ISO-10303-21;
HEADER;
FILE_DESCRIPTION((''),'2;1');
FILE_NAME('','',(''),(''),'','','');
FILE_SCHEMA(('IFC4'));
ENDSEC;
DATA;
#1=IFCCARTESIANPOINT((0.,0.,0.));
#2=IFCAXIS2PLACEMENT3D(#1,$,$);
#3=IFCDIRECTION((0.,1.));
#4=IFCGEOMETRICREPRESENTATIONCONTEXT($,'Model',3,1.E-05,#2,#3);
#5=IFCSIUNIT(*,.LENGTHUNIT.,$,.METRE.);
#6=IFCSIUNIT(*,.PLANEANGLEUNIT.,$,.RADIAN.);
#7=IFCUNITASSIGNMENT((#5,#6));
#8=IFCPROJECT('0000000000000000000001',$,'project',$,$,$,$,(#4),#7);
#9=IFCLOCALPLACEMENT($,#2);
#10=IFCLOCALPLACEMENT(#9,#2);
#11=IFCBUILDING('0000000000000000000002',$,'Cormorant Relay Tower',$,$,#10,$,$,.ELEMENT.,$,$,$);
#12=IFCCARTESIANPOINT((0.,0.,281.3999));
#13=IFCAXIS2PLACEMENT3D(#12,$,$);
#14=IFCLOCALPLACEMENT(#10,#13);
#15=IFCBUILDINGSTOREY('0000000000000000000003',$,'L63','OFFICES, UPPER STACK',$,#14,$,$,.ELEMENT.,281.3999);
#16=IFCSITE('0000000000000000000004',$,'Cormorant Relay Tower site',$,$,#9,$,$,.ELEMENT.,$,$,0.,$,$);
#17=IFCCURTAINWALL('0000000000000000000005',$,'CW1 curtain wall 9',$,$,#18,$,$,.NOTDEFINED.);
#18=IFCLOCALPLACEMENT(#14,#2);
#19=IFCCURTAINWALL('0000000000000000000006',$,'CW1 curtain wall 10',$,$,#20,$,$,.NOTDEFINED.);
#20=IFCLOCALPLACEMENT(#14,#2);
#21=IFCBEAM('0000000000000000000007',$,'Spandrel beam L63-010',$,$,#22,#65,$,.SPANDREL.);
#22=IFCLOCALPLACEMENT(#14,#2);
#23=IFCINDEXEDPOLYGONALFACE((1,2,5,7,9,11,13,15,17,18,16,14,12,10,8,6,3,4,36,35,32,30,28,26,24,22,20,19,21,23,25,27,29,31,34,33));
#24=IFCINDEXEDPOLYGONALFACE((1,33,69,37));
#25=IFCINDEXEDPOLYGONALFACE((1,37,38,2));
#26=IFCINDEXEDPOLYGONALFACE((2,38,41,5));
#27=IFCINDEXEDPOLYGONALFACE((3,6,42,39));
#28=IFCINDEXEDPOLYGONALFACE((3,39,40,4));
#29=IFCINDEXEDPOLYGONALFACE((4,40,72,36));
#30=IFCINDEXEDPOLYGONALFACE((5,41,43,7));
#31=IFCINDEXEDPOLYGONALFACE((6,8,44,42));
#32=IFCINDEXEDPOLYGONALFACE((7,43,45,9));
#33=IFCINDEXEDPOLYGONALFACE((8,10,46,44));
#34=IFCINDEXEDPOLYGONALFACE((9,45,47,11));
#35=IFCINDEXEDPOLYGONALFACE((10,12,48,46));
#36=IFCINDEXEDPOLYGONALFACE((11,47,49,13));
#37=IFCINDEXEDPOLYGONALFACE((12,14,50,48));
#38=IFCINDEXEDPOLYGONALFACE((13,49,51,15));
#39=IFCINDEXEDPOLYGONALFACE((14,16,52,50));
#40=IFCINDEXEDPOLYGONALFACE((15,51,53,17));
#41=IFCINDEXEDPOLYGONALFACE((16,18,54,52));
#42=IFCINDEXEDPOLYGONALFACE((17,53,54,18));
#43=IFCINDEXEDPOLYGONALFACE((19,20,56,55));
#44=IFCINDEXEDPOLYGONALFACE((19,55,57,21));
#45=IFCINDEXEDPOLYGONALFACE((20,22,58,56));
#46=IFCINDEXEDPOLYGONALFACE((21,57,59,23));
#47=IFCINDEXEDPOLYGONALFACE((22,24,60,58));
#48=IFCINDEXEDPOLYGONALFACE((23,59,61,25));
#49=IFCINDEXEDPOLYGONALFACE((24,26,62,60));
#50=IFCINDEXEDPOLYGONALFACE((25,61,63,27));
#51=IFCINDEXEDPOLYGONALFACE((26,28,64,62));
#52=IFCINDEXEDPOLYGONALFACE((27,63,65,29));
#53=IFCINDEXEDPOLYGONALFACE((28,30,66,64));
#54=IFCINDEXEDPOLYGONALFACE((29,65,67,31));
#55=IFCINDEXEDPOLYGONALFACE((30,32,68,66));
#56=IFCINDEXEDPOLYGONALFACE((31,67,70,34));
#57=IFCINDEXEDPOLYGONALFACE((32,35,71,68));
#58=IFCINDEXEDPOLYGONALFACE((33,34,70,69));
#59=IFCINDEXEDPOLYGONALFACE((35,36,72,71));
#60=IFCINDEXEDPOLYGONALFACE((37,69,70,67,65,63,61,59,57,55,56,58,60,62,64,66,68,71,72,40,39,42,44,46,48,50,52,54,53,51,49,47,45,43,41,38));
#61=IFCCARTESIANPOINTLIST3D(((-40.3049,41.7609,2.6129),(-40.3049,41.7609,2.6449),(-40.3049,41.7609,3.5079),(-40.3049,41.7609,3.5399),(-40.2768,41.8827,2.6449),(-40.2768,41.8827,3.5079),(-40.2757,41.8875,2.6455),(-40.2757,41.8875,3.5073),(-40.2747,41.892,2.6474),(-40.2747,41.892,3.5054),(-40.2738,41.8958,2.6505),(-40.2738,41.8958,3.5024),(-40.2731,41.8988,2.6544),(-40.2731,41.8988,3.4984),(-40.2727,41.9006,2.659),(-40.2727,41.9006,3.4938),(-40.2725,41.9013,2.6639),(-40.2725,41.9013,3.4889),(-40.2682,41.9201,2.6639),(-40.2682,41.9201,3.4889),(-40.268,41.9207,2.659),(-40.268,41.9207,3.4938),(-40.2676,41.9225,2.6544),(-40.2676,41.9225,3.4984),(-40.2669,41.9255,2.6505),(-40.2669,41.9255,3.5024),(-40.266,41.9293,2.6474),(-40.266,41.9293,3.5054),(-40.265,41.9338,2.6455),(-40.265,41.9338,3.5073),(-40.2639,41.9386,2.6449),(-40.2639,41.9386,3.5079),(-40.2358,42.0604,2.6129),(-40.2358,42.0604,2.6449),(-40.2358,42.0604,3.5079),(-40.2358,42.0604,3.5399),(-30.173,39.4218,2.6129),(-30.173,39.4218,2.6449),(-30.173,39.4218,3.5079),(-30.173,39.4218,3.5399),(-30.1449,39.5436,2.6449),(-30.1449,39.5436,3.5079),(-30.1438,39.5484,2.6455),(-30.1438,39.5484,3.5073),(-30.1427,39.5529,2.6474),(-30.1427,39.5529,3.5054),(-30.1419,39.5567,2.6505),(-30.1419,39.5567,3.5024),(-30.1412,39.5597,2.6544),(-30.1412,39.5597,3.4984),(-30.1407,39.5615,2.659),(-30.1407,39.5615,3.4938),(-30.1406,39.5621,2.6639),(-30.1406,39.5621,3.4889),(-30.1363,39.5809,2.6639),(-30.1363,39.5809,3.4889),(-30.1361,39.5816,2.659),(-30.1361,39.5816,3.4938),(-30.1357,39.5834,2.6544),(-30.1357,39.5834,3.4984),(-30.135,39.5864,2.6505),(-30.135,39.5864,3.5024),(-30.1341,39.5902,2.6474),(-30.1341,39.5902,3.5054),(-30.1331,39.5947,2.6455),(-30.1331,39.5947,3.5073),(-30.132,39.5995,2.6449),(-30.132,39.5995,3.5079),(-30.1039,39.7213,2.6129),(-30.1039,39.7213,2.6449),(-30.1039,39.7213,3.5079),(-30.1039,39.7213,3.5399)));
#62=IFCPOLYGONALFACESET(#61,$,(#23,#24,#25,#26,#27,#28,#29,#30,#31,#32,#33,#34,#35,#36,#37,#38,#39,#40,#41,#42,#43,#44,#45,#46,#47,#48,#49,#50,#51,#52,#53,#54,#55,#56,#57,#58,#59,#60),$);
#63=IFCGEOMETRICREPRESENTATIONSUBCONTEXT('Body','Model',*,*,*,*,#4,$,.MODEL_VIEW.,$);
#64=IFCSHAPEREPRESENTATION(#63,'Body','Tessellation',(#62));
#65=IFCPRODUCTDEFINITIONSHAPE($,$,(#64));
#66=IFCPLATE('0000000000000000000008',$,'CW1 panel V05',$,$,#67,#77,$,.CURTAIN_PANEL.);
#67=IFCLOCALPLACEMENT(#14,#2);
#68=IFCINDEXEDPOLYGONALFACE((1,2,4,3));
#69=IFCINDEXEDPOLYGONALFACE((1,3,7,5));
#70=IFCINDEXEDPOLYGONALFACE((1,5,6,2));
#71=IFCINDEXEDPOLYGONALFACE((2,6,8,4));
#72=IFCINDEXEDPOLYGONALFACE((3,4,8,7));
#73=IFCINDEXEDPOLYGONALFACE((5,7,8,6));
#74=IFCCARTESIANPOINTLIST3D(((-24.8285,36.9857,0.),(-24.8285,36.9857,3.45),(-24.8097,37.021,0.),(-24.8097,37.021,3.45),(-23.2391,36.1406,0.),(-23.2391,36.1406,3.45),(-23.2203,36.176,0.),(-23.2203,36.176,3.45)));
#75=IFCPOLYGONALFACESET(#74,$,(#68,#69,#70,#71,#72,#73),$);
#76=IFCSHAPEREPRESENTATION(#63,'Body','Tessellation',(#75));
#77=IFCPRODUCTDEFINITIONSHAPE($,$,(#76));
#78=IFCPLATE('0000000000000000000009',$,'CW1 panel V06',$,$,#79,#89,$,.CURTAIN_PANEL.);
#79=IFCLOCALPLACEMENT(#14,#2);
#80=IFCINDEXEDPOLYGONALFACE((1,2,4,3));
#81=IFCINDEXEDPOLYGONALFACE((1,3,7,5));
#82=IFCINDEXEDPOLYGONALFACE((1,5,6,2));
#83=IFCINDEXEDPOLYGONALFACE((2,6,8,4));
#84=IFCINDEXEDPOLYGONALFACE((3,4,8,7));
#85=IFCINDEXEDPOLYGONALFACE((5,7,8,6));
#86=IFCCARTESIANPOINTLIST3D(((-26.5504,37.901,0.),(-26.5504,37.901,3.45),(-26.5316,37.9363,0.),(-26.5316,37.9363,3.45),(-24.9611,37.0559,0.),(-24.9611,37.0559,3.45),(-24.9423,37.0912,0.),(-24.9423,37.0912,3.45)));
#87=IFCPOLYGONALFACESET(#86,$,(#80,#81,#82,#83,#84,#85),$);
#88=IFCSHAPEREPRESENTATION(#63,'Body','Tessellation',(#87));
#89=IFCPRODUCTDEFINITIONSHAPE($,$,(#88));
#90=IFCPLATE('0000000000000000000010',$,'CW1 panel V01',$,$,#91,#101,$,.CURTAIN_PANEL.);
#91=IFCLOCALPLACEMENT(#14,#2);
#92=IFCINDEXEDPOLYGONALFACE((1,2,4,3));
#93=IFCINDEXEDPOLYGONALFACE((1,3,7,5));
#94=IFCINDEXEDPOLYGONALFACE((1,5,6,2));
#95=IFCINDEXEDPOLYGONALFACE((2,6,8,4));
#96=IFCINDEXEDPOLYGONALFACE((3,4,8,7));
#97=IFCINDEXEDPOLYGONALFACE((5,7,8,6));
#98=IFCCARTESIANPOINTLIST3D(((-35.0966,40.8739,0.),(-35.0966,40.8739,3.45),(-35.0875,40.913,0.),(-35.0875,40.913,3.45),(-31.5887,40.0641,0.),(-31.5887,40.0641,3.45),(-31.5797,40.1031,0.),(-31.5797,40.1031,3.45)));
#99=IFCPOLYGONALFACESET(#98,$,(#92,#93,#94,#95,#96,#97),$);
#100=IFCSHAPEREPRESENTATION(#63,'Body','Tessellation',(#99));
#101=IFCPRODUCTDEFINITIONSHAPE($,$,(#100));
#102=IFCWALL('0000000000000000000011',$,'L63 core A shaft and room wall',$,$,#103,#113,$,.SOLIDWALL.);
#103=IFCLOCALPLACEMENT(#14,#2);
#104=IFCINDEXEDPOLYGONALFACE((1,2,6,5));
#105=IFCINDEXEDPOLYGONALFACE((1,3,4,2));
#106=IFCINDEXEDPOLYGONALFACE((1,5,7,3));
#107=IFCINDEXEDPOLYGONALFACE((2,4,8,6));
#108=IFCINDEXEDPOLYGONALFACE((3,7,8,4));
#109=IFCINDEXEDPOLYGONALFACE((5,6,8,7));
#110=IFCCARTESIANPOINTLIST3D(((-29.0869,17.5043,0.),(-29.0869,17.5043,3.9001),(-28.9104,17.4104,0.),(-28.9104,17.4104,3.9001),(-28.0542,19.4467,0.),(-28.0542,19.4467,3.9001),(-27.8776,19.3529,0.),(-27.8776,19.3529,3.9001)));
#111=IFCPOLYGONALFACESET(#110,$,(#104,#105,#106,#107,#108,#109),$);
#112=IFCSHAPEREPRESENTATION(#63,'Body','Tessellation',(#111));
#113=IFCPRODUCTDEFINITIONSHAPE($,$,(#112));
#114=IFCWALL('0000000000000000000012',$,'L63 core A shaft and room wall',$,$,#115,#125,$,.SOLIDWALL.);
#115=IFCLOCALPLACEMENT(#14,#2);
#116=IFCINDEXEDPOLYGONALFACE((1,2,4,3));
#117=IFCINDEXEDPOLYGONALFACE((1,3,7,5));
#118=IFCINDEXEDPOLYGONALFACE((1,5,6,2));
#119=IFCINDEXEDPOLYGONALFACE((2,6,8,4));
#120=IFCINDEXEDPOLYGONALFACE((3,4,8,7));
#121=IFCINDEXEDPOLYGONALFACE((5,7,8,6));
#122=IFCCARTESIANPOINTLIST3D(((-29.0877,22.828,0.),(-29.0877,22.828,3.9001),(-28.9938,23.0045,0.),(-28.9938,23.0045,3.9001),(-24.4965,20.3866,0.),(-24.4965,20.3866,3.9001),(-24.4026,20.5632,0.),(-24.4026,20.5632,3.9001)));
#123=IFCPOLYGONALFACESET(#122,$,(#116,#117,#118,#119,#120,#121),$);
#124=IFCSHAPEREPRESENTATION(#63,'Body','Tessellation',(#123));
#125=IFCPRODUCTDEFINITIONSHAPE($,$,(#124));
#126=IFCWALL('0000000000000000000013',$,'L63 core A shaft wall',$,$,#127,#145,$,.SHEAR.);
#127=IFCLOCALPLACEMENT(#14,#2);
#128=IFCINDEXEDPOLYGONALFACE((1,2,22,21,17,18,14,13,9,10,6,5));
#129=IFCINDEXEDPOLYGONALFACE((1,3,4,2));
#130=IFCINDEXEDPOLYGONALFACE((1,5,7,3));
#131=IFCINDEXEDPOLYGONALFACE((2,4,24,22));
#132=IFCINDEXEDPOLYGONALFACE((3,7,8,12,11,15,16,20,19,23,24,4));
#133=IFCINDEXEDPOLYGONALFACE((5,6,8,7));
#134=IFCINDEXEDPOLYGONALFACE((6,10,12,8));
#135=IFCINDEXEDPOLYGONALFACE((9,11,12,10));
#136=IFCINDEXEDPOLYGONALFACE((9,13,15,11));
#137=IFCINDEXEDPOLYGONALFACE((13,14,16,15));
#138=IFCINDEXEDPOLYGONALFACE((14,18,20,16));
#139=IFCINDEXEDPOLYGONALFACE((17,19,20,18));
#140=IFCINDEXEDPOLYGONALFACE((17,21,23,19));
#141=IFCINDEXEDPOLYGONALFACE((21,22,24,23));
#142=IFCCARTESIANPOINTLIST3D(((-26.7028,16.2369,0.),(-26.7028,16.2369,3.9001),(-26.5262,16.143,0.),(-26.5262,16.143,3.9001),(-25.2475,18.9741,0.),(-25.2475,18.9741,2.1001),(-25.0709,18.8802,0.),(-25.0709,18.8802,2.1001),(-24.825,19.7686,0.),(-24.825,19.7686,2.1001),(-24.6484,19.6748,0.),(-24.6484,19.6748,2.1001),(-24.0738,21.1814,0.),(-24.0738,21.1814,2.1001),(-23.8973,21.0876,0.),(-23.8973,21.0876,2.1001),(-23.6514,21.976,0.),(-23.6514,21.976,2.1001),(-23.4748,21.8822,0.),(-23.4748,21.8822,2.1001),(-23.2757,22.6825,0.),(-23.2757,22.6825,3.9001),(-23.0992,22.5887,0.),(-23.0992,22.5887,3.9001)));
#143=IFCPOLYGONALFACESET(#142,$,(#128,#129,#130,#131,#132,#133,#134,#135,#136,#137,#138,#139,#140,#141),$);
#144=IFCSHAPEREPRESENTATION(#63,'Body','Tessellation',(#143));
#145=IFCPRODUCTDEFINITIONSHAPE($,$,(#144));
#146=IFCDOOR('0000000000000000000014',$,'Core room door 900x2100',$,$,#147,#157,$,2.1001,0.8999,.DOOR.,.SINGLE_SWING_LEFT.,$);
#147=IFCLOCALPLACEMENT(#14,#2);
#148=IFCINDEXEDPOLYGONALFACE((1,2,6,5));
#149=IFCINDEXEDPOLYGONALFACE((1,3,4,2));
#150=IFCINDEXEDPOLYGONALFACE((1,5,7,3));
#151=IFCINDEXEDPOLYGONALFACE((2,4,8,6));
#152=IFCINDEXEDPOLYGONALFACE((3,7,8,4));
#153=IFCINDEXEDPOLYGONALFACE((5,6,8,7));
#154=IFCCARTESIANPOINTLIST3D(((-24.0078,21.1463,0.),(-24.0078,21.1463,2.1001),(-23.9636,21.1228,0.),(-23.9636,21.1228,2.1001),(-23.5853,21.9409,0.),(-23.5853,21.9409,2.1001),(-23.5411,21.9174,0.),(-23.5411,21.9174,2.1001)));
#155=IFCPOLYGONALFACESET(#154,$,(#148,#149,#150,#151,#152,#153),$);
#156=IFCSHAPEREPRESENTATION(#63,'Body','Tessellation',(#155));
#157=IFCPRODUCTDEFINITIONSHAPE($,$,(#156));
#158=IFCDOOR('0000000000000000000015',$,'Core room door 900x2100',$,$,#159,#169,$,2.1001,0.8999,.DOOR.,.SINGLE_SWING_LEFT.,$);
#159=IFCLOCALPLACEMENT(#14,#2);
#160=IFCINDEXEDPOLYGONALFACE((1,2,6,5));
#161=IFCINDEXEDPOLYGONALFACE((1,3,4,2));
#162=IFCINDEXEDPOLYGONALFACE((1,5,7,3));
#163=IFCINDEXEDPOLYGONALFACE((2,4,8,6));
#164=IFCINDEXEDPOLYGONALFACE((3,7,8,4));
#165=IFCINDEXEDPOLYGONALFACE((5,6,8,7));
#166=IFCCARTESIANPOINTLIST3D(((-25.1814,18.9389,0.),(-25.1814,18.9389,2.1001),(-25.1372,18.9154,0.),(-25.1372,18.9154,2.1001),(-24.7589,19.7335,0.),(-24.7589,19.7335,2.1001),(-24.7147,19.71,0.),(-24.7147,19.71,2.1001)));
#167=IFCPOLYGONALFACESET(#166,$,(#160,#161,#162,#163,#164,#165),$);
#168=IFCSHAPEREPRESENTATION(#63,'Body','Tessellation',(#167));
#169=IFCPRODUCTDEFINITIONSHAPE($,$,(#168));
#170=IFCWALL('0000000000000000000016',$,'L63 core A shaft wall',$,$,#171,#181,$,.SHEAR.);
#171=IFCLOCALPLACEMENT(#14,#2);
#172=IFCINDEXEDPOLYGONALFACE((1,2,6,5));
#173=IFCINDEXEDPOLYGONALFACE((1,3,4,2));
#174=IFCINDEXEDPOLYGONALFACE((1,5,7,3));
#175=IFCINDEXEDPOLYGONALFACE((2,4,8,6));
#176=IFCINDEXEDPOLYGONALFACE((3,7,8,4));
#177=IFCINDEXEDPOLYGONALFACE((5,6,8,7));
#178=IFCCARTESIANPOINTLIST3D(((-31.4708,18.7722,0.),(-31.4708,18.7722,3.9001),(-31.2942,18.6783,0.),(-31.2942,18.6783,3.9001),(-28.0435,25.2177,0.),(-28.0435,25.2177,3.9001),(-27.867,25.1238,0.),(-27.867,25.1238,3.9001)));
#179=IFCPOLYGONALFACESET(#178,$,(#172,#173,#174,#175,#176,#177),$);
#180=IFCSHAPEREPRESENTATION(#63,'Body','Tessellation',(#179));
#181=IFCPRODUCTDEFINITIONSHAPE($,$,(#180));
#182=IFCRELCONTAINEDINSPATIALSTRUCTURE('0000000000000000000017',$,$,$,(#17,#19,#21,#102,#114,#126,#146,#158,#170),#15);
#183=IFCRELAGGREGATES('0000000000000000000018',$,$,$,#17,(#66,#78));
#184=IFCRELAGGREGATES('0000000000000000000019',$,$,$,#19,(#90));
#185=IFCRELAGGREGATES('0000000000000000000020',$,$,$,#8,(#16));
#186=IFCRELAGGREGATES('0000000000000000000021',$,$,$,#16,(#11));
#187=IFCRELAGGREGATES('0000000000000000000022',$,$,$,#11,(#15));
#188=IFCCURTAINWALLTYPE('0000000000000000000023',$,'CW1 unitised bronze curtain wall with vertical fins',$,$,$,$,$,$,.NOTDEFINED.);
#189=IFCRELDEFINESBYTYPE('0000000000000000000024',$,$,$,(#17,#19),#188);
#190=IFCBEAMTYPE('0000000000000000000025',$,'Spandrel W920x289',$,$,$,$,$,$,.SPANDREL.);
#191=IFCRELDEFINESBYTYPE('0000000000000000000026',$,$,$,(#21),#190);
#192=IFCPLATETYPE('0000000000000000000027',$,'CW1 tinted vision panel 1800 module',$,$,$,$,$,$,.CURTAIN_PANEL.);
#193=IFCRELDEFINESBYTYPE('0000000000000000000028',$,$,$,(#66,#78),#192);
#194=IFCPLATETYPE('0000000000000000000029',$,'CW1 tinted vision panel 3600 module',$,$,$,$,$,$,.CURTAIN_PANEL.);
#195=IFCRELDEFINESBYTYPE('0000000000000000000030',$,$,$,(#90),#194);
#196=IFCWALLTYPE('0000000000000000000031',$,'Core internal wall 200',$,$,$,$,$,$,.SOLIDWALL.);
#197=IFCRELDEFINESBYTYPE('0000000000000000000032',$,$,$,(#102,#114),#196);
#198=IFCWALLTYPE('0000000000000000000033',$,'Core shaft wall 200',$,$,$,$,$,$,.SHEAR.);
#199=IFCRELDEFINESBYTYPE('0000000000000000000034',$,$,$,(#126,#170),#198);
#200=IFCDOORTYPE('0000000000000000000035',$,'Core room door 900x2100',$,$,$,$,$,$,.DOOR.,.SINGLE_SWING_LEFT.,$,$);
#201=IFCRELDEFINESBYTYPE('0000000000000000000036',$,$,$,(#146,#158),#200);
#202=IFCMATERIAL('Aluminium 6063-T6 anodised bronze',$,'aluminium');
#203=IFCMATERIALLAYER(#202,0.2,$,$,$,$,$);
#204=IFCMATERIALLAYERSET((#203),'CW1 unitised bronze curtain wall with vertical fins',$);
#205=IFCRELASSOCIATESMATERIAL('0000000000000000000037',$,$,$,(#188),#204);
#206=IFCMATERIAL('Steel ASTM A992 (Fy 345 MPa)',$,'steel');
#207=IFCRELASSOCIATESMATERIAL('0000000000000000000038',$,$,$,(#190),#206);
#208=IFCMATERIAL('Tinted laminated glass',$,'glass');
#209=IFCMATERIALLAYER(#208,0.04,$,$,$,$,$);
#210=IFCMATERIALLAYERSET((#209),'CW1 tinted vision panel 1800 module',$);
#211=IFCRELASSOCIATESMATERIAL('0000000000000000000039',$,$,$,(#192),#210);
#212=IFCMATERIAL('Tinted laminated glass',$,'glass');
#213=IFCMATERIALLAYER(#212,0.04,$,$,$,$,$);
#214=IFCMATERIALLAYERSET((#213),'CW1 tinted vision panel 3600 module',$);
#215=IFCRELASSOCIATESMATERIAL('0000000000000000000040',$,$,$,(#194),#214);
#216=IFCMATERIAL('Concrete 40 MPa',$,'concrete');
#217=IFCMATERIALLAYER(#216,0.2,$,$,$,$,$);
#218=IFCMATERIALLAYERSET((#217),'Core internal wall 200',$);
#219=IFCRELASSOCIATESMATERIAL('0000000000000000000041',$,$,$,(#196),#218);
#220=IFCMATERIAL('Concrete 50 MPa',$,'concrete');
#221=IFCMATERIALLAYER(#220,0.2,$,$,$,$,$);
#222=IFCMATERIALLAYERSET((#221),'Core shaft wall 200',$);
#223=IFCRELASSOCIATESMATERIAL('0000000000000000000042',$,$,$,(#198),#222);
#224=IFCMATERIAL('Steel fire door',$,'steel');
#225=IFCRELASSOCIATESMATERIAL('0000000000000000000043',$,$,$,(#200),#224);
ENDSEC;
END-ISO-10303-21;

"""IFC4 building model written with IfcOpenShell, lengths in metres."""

from ifc_helpers import new_model, si_unit, direction, frame, frame_2d, origin, origin_2d, place, context, subcontext, project, spatial, rectangle, i_section, extrude, material, layer, layer_set, material_profile, profile_set, type_object, element, fill, aggregate, save


model = new_model("IFC4")

# Units and contexts
model_context = context("Model", 3, precision=1e-05, world=origin(), true_north=direction((0.0, 1.0)))
body_context = subcontext(model_context, "Body", "Model", "MODEL_VIEW")
ifc_project = project(units=[si_unit("LENGTHUNIT", "METRE"), si_unit("PLANEANGLEUNIT", "RADIAN")], contexts=[model_context])

# Site, building, storey
site_placement = place(None, origin())
site = spatial("IfcSite", under=ifc_project, at=site_placement, Name="Cormorant Relay Tower site", CompositionType="ELEMENT", RefElevation=0.0)
building_placement = place(site_placement, origin())
building = spatial("IfcBuilding", under=site, at=building_placement, Name="Cormorant Relay Tower", CompositionType="ELEMENT")
storey_placement = place(building_placement, frame((0.0, 0.0, 281.3999)))
storey = spatial("IfcBuildingStorey", under=building, at=storey_placement, Name="L63", Description="OFFICES, UPPER STACK", CompositionType="ELEMENT", Elevation=281.3999)

# Curtain wall
ifc_material_1 = material(Name="Aluminium 6063-T6 anodised bronze", Category="aluminium")
ifc_layer_1 = layer(ifc_material_1, 0.2)
ifc_layer_set_1 = layer_set([ifc_layer_1], Name="CW1 unitised bronze curtain wall with vertical fins")
curtain_wall_type = type_object("IfcCurtainWallType", Name="CW1 unitised bronze curtain wall with vertical fins", PredefinedType="NOTDEFINED", material=ifc_layer_set_1)
curtain_wall_1_placement = place(storey_placement, origin())
curtain_wall_1 = element("IfcCurtainWall", 1, at=curtain_wall_1_placement, inside=storey, type_object=curtain_wall_type, Name="CW1 curtain wall 9", PredefinedType="NOTDEFINED")

# Curtain wall
curtain_wall_2_placement = place(storey_placement, origin())
curtain_wall_2 = element("IfcCurtainWall", 2, at=curtain_wall_2_placement, inside=storey, type_object=curtain_wall_type, Name="CW1 curtain wall 10", PredefinedType="NOTDEFINED")

# Beam
ifc_material_2 = material(Name="Steel ASTM A992 (Fy 345 MPa)", Category="steel")
ifc_material_profile_1 = material_profile(ifc_material_2, i_section(OverallWidth=0.3074, OverallDepth=0.927, WebThickness=0.0193, FlangeThickness=0.032, FilletRadius=0.019, at=origin_2d()), Name="W920x289")
ifc_profile_set_1 = profile_set([ifc_material_profile_1], Name="Steel ASTM A992 (Fy 345 MPa)")
beam_type = type_object("IfcBeamType", Name="Spandrel W920x289", PredefinedType="SPANDREL", material=ifc_profile_set_1)
beam_placement = place(storey_placement, frame((-30.1384, 39.5715, 3.0764), z_axis=(-0.97437, 0.22495, 0.0), x_axis=(-0.22495, -0.97437, 0.0)))
element("IfcBeam", 3, at=beam_placement, inside=storey, type_object=beam_type, Name="Spandrel beam L63-010", PredefinedType="SPANDREL", context=body_context, shape_type="SweptSolid", body=[
    extrude(i_section(OverallWidth=0.3074, OverallDepth=0.927, WebThickness=0.0193, FlangeThickness=0.032, FilletRadius=0.019, at=origin_2d()), origin(), (0.0, 0.0, 1.0), 10.3984),
])

# Plates
ifc_material_3 = material(Name="Tinted laminated glass", Category="glass")
ifc_layer_2 = layer(ifc_material_3, 0.04)
ifc_layer_set_2 = layer_set([ifc_layer_2], Name="CW1 tinted vision panel 1800 module")
plate_type_1 = type_object("IfcPlateType", Name="CW1 tinted vision panel 1800 module", PredefinedType="CURTAIN_PANEL", material=ifc_layer_set_2)
plate_1_placement = place(storey_placement, frame((-24.0244, 36.5808, 0.0), z_axis=(0.0, 0.0, 1.0), x_axis=(-0.882948, 0.469472, 0.0)))
plate_1 = element("IfcPlate", 4, at=plate_1_placement, type_object=plate_type_1, Name="CW1 panel V05", PredefinedType="CURTAIN_PANEL", context=body_context, shape_type="SweptSolid", body=[
    extrude(rectangle(XDim=1.8, YDim=0.04, at=origin_2d()), origin(), (0.0, 0.0, 1.0), 3.45),
])
plate_2_placement = place(storey_placement, frame((-25.7463, 37.4961, 0.0), z_axis=(0.0, 0.0, 1.0), x_axis=(-0.882948, 0.469472, 0.0)))
plate_2 = element("IfcPlate", 5, at=plate_2_placement, type_object=plate_type_1, Name="CW1 panel V06", PredefinedType="CURTAIN_PANEL", context=body_context, shape_type="SweptSolid", body=[
    extrude(rectangle(XDim=1.8, YDim=0.04, at=origin_2d()), origin(), (0.0, 0.0, 1.0), 3.45),
])
ifc_material_4 = material(Name="Tinted laminated glass", Category="glass")
ifc_layer_3 = layer(ifc_material_4, 0.04)
ifc_layer_set_3 = layer_set([ifc_layer_3], Name="CW1 tinted vision panel 3600 module")
plate_type_2 = type_object("IfcPlateType", Name="CW1 tinted vision panel 3600 module", PredefinedType="CURTAIN_PANEL", material=ifc_layer_set_3)
plate_3_placement = place(storey_placement, frame((-33.3381, 40.4885, 0.0), z_axis=(0.0, 0.0, 1.0), x_axis=(-0.97437, 0.224951, 0.0)))
plate_3 = element("IfcPlate", 6, at=plate_3_placement, type_object=plate_type_2, Name="CW1 panel V01", PredefinedType="CURTAIN_PANEL", context=body_context, shape_type="SweptSolid", body=[
    extrude(rectangle(XDim=3.6001, YDim=0.04, at=origin_2d()), origin(), (0.0, 0.0, 1.0), 3.45),
])

# Walls
ifc_material_5 = material(Name="Concrete 40 MPa", Category="concrete")
ifc_layer_4 = layer(ifc_material_5, 0.2)
ifc_layer_set_4 = layer_set([ifc_layer_4], Name="Core internal wall 200")
wall_type_1 = type_object("IfcWallType", Name="Core internal wall 200", PredefinedType="SOLIDWALL", material=ifc_layer_set_4)
wall_1_placement = place(storey_placement, frame((-27.9658, 19.3999, 0.0), z_axis=(0.0, 0.0, 1.0), x_axis=(-0.469447, -0.88296, 0.0)))
element("IfcWall", 7, at=wall_1_placement, inside=storey, type_object=wall_type_1, Name="L63 core A shaft and room wall", PredefinedType="SOLIDWALL", context=body_context, shape_type="SweptSolid", body=[
    extrude(rectangle(XDim=2.2, YDim=0.2, at=frame_2d((1.1001, 0.0))), origin(), (0.0, 0.0, 1.0), 3.9001),
])
wall_2_placement = place(storey_placement, frame((-24.4495, 20.4749, 0.0), z_axis=(0.0, 0.0, 1.0), x_axis=(-0.882935, 0.469496, 0.0)))
element("IfcWall", 8, at=wall_2_placement, inside=storey, type_object=wall_type_1, Name="L63 core A shaft and room wall", PredefinedType="SOLIDWALL", context=body_context, shape_type="SweptSolid", body=[
    extrude(rectangle(XDim=5.2, YDim=0.2, at=frame_2d((2.6001, 0.0))), origin(), (0.0, 0.0, 1.0), 3.9001),
])

# Wall, openings, doors
ifc_material_6 = material(Name="Concrete 50 MPa", Category="concrete")
ifc_layer_5 = layer(ifc_material_6, 0.2)
ifc_layer_set_5 = layer_set([ifc_layer_5], Name="Core shaft wall 200")
wall_type_2 = type_object("IfcWallType", Name="Core shaft wall 200", PredefinedType="SHEAR", material=ifc_layer_set_5)
wall_3_placement = place(storey_placement, frame((-23.1875, 22.6355, 0.0), z_axis=(0.0, 0.0, 1.0), x_axis=(-0.469454, -0.882957, 0.0)))
wall_3 = element("IfcWall", 9, at=wall_3_placement, inside=storey, type_object=wall_type_2, Name="L63 core A shaft wall", PredefinedType="SHEAR", context=body_context, shape_type="SweptSolid", body=[
    extrude(rectangle(XDim=7.3, YDim=0.2, at=frame_2d((3.6499, 0.0))), origin(), (0.0, 0.0, 1.0), 3.9001),
])
opening_1_placement = place(wall_3_placement, frame((0.8, 0.0, 0.0)))
opening_1 = element("IfcOpeningElement", 10, at=opening_1_placement, cuts=wall_3, PredefinedType="OPENING", context=body_context, shape_type="SweptSolid", body=[
    extrude(rectangle(XDim=0.8999, YDim=2.1001, at=frame_2d((0.45, 1.05))), frame((0.0, 0.1099, 0.0), z_axis=(0.0, -1.0, 0.0), x_axis=(1.0, 0.0, 0.0)), (0.0, 0.0, 1.0), 0.22),
])
opening_2_placement = place(wall_3_placement, frame((3.3, 0.0, 0.0)))
opening_2 = element("IfcOpeningElement", 11, at=opening_2_placement, cuts=wall_3, PredefinedType="OPENING", context=body_context, shape_type="SweptSolid", body=[
    extrude(rectangle(XDim=0.8999, YDim=2.1001, at=frame_2d((0.45, 1.05))), frame((0.0, 0.1099, 0.0), z_axis=(0.0, -1.0, 0.0), x_axis=(1.0, 0.0, 0.0)), (0.0, 0.0, 1.0), 0.22),
])
ifc_material_7 = material(Name="Steel fire door", Category="steel")
door_type_1 = type_object("IfcDoorType", Name="Core room door 900x2100", OperationType="SINGLE_SWING_LEFT", PredefinedType="DOOR", material=ifc_material_7)
door_1_placement = place(opening_1_placement, origin())
door_1 = element("IfcDoor", 12, at=door_1_placement, inside=storey, type_object=door_type_1, Name="Core room door 900x2100", OperationType="SINGLE_SWING_LEFT", OverallHeight=2.1001, OverallWidth=0.8999, PredefinedType="DOOR", context=body_context, shape_type="SweptSolid", body=[
    extrude(rectangle(XDim=0.8999, YDim=2.1001, at=frame_2d((0.45, 1.05))), frame((0.0, 0.0249, 0.0), z_axis=(0.0, -1.0, 0.0), x_axis=(1.0, 0.0, 0.0)), (0.0, 0.0, 1.0), 0.05),
])
fill(opening_1, door_1)
door_2_placement = place(opening_2_placement, origin())
door_2 = element("IfcDoor", 13, at=door_2_placement, inside=storey, type_object=door_type_1, Name="Core room door 900x2100", OperationType="SINGLE_SWING_LEFT", OverallHeight=2.1001, OverallWidth=0.8999, PredefinedType="DOOR", context=body_context, shape_type="SweptSolid", body=[
    extrude(rectangle(XDim=0.8999, YDim=2.1001, at=frame_2d((0.45, 1.05))), frame((0.0, 0.0249, 0.0), z_axis=(0.0, -1.0, 0.0), x_axis=(1.0, 0.0, 0.0)), (0.0, 0.0, 1.0), 0.05),
])
fill(opening_2, door_2)

# Wall
wall_4_placement = place(storey_placement, frame((-27.9553, 25.1707, 0.0), z_axis=(0.0, 0.0, 1.0), x_axis=(-0.46948, -0.882943, 0.0)))
element("IfcWall", 14, at=wall_4_placement, inside=storey, type_object=wall_type_2, Name="L63 core A shaft wall", PredefinedType="SHEAR", context=body_context, shape_type="SweptSolid", body=[
    extrude(rectangle(XDim=7.3, YDim=0.2, at=frame_2d((3.6499, 0.0))), origin(), (0.0, 0.0, 1.0), 3.9001),
])

aggregate(curtain_wall_1, [plate_1, plate_2])
aggregate(curtain_wall_2, [plate_3])

save(model, "model.ifc")
